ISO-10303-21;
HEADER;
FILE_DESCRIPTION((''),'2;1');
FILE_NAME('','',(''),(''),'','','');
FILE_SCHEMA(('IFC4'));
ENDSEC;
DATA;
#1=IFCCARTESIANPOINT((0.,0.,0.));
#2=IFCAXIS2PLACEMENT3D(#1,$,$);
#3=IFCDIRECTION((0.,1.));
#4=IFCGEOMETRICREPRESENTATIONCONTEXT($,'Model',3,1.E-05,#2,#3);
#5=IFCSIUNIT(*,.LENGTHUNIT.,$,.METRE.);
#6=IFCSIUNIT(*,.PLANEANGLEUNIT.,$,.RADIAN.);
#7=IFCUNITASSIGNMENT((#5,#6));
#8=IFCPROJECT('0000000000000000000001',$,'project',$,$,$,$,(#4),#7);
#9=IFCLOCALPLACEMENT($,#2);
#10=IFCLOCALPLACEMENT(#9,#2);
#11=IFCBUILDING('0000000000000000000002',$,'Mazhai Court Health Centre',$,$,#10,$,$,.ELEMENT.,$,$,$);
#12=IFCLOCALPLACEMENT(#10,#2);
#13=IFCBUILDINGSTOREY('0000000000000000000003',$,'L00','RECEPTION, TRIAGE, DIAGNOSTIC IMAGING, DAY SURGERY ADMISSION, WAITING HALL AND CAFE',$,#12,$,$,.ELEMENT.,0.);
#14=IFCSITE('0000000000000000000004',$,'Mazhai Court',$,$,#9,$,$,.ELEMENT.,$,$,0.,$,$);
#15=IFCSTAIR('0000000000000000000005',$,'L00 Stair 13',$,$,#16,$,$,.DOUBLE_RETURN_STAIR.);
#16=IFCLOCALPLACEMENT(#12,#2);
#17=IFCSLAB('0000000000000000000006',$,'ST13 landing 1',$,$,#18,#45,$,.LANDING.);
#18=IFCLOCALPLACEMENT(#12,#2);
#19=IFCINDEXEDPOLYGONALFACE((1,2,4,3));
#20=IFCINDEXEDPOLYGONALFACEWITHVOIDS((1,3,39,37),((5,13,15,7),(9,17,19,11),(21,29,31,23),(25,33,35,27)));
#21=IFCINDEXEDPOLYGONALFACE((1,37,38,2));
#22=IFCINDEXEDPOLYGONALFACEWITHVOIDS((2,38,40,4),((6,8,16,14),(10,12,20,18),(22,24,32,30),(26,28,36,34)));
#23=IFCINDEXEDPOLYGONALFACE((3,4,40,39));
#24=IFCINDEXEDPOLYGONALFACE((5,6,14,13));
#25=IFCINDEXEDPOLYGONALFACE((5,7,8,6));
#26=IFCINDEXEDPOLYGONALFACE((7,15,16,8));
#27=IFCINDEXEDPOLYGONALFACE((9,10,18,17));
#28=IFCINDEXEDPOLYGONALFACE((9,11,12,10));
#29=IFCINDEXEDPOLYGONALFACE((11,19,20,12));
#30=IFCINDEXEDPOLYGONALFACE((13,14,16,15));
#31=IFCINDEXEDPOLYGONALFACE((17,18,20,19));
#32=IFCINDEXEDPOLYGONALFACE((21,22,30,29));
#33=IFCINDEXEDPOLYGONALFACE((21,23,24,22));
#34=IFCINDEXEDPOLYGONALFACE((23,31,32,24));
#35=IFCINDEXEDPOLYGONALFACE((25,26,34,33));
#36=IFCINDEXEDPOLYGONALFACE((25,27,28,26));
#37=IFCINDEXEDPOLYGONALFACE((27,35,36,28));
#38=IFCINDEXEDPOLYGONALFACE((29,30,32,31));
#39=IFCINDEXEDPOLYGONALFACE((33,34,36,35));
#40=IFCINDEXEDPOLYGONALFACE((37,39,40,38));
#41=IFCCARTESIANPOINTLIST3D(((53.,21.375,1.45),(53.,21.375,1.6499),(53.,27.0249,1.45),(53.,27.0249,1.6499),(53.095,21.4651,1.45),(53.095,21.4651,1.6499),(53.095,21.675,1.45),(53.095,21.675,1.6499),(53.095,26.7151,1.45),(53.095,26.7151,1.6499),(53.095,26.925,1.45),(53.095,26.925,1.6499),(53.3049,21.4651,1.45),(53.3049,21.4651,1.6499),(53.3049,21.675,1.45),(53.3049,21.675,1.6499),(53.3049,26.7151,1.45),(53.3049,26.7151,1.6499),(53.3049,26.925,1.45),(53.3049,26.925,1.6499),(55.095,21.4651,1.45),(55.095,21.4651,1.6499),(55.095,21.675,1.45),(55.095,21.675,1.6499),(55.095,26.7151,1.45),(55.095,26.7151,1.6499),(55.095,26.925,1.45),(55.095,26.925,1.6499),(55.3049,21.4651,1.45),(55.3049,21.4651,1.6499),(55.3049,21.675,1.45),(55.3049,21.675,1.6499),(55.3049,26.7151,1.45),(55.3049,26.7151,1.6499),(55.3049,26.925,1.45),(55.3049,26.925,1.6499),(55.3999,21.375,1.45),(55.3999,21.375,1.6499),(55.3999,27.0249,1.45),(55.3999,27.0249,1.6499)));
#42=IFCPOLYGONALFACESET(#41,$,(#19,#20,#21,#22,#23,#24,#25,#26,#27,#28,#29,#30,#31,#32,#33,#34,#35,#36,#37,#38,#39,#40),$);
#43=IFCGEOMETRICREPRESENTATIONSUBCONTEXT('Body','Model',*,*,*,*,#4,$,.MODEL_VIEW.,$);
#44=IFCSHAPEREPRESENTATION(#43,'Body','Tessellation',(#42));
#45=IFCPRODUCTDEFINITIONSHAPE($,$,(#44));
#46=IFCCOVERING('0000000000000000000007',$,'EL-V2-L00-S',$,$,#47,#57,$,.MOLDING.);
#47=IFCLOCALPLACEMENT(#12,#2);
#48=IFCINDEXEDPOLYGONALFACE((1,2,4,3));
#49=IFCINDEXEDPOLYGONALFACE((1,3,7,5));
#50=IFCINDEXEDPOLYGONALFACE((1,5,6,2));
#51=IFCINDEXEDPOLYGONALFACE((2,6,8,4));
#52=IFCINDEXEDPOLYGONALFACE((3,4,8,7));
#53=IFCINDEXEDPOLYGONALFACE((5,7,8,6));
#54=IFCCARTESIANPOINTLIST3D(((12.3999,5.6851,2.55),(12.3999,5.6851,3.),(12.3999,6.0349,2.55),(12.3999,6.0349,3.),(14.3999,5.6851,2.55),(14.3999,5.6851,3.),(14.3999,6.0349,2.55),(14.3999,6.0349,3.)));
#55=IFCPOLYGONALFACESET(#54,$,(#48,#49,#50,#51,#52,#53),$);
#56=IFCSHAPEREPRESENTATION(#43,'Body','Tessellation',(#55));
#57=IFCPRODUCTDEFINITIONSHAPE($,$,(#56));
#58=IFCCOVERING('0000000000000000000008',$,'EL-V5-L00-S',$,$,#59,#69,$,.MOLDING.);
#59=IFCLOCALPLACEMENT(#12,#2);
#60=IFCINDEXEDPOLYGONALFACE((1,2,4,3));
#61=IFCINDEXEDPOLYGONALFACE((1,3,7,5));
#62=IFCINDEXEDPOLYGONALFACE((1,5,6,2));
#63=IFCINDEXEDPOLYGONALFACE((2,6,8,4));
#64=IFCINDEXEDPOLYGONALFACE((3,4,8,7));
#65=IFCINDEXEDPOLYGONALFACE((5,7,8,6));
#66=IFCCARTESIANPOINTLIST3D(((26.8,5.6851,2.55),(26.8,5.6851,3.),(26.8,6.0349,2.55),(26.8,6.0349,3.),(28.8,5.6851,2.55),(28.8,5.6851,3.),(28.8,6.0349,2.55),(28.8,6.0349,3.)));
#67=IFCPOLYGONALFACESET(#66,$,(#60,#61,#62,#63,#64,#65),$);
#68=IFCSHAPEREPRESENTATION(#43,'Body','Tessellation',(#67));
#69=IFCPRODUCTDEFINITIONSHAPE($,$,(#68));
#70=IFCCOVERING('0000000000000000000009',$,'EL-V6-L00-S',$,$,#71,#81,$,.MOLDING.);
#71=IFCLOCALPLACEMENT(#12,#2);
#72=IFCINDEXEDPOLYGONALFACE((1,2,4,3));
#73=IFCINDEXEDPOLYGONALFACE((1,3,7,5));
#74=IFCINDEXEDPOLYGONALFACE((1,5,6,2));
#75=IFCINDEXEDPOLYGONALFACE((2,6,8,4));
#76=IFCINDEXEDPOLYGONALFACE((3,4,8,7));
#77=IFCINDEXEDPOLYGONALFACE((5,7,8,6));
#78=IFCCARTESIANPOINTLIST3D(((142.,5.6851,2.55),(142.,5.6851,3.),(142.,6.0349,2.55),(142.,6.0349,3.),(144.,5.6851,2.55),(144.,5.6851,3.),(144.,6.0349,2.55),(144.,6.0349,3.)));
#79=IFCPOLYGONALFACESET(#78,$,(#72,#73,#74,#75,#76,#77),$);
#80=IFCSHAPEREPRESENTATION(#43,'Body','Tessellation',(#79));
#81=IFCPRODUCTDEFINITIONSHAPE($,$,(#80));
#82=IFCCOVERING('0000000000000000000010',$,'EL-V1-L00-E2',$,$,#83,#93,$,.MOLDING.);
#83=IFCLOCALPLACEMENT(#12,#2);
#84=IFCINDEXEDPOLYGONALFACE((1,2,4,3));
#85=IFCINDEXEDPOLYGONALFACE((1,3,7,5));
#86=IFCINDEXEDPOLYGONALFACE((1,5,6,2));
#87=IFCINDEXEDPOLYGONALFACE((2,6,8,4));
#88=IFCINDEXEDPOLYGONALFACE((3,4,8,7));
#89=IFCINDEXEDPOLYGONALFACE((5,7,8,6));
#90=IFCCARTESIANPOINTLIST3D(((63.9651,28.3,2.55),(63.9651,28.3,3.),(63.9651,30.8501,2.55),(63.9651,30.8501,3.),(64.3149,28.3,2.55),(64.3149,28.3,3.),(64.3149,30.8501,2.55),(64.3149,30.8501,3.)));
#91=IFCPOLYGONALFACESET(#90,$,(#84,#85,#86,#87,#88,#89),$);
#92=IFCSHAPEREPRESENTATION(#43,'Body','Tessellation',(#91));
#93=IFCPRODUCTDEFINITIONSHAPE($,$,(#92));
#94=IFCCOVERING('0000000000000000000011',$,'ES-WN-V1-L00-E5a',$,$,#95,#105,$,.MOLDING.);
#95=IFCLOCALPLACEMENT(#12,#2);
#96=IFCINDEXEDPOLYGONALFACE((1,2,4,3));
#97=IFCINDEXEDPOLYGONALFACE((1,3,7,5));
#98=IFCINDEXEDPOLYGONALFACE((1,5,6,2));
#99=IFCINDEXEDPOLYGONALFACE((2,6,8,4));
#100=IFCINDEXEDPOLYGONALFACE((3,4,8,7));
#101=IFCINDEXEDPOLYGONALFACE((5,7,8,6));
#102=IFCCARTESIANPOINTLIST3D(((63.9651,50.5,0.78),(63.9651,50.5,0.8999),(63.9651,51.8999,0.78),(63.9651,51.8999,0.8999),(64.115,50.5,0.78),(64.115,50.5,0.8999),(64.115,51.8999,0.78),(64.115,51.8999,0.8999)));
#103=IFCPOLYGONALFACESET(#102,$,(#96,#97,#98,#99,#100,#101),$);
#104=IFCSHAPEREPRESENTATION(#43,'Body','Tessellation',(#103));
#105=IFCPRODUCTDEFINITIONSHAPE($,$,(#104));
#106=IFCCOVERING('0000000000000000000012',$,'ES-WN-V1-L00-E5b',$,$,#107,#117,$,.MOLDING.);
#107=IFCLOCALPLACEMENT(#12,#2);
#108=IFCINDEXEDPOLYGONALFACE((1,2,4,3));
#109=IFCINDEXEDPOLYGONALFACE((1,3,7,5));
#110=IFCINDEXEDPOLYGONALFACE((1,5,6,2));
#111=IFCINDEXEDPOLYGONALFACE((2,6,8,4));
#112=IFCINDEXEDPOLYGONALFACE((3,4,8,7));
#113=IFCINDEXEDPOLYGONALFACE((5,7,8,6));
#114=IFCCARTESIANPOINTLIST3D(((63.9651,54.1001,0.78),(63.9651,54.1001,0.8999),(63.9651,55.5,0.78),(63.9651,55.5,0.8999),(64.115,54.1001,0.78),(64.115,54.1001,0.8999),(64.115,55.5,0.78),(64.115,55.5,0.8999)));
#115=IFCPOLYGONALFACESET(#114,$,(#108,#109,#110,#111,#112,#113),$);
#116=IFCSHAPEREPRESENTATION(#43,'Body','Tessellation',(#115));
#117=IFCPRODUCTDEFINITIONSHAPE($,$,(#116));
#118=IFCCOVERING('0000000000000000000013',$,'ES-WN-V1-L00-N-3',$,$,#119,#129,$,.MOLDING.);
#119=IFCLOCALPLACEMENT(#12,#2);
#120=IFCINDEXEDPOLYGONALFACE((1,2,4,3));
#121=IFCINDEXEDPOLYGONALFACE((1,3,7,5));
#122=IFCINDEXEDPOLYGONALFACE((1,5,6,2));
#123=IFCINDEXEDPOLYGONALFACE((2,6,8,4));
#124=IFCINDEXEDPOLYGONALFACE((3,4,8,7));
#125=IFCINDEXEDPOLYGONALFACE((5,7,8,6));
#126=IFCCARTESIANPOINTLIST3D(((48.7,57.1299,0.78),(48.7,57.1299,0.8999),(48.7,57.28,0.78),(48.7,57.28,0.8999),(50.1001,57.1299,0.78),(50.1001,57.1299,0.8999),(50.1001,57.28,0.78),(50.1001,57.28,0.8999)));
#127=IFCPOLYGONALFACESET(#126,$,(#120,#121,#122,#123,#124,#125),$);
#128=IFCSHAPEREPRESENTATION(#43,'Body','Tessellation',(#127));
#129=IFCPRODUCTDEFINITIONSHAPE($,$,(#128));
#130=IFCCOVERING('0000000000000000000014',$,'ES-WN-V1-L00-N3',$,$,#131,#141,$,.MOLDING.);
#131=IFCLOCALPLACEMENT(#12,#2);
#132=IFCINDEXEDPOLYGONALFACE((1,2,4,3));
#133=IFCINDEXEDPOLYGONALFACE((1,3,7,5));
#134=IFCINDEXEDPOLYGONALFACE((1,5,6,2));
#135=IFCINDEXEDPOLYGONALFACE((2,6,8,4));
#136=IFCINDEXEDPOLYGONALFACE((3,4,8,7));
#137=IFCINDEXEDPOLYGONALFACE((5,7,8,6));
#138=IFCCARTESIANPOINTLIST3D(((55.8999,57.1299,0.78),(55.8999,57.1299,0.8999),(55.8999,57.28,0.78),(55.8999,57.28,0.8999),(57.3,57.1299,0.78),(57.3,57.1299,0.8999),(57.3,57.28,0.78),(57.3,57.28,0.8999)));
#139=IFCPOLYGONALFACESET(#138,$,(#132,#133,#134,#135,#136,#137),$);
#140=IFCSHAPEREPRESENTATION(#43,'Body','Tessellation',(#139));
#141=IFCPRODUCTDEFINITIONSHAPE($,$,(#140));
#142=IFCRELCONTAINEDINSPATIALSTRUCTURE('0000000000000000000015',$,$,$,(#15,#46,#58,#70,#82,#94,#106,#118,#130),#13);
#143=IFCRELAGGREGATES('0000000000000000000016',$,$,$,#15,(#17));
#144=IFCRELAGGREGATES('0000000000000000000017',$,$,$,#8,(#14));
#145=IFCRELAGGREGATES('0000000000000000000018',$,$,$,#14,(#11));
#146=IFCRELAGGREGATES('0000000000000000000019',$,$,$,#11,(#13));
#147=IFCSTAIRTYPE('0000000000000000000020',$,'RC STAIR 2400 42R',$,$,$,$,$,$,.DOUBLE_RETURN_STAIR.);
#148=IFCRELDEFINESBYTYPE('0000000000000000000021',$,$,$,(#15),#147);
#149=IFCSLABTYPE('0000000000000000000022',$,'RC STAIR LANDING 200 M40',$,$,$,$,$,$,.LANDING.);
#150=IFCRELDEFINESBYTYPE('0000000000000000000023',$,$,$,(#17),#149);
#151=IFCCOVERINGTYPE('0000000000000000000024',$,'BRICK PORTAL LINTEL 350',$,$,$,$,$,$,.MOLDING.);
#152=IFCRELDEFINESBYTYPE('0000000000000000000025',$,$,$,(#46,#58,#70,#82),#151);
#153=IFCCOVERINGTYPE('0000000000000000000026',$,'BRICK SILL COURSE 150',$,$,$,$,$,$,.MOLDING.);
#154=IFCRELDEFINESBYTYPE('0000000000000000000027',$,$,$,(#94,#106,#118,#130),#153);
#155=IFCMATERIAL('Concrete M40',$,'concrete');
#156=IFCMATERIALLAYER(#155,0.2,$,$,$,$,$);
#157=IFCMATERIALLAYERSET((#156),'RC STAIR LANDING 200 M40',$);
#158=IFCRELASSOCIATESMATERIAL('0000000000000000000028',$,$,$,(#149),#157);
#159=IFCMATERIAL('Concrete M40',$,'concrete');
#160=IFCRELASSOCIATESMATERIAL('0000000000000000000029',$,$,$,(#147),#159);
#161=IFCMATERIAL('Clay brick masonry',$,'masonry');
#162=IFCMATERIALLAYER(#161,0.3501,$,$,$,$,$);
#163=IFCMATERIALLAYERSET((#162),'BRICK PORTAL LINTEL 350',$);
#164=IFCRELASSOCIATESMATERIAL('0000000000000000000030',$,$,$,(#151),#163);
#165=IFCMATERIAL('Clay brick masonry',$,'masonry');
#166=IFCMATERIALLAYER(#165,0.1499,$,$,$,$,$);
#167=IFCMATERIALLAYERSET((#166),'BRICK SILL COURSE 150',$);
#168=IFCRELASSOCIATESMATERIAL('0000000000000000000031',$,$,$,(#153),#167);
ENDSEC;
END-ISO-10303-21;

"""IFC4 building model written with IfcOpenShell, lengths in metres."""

from ifc_helpers import new_model, si_unit, direction, frame, origin, place, context, subcontext, project, spatial, polyline, outline, extrude, material, layer, layer_set, type_object, element, aggregate, save


model = new_model("IFC4")

# Units and contexts
model_context = context("Model", 3, precision=1e-05, world=origin(), true_north=direction((0.0, 1.0)))
body_context = subcontext(model_context, "Body", "Model", "MODEL_VIEW")
ifc_project = project(units=[si_unit("LENGTHUNIT", "METRE"), si_unit("PLANEANGLEUNIT", "RADIAN")], contexts=[model_context])

# Site, building, storey
site_placement = place(None, origin())
site = spatial("IfcSite", under=ifc_project, at=site_placement, Name="Mazhai Court", CompositionType="ELEMENT", RefElevation=0.0)
building_placement = place(site_placement, origin())
building = spatial("IfcBuilding", under=site, at=building_placement, Name="Mazhai Court Health Centre", CompositionType="ELEMENT")
storey_placement = place(building_placement, origin())
storey = spatial("IfcBuildingStorey", under=building, at=storey_placement, Name="L00", Description="RECEPTION, TRIAGE, DIAGNOSTIC IMAGING, DAY SURGERY ADMISSION, WAITING HALL AND CAFE", CompositionType="ELEMENT", Elevation=0.0)

# Stair, slab
ifc_material_1 = material(Name="Concrete M40", Category="concrete")
ifc_layer_1 = layer(ifc_material_1, 0.2)
ifc_layer_set_1 = layer_set([ifc_layer_1], Name="RC STAIR LANDING 200 M40")
slab_type = type_object("IfcSlabType", Name="RC STAIR LANDING 200 M40", PredefinedType="LANDING", material=ifc_layer_set_1)
ifc_material_2 = material(Name="Concrete M40", Category="concrete")
stair_type_1 = type_object("IfcStairType", Name="RC STAIR 2400 42R", PredefinedType="DOUBLE_RETURN_STAIR", material=ifc_material_2)
stair_1_placement = place(storey_placement, origin())
stair_1 = element("IfcStair", 1, at=stair_1_placement, inside=storey, type_object=stair_type_1, Name="L00 Stair 13", PredefinedType="DOUBLE_RETURN_STAIR")
slab_1_placement = place(storey_placement, frame((0.0, 0.0, 1.45)))
slab_1 = element("IfcSlab", 2, at=slab_1_placement, type_object=slab_type, Name="ST13 landing 1", PredefinedType="LANDING", context=body_context, shape_type="SweptSolid", body=[
    extrude(outline(polyline([(55.3999, 27.0249), (53.0, 27.0249), (53.0, 21.375), (55.3999, 21.375), (55.3999, 27.0249)]), holes=[polyline([(53.095, 21.4651), (53.3049, 21.4651), (53.3049, 21.675), (53.095, 21.675), (53.095, 21.4651)]), polyline([(53.095, 26.7151), (53.3049, 26.7151), (53.3049, 26.925), (53.095, 26.925), (53.095, 26.7151)]), polyline([(55.095, 21.4651), (55.3049, 21.4651), (55.3049, 21.675), (55.095, 21.675), (55.095, 21.4651)]), polyline([(55.095, 26.7151), (55.3049, 26.7151), (55.3049, 26.925), (55.095, 26.925), (55.095, 26.7151)])]), origin(), (0.0, 0.0, 1.0), 0.2),
])
aggregate(stair_1, [slab_1])

# Coverings
ifc_material_3 = material(Name="Clay brick masonry", Category="masonry")
ifc_layer_2 = layer(ifc_material_3, 0.3501)
ifc_layer_set_2 = layer_set([ifc_layer_2], Name="BRICK PORTAL LINTEL 350")
covering_type_1 = type_object("IfcCoveringType", Name="BRICK PORTAL LINTEL 350", PredefinedType="MOLDING", material=ifc_layer_set_2)
covering_1_placement = place(storey_placement, frame((0.0, 0.0, 2.55)))
element("IfcCovering", 3, at=covering_1_placement, inside=storey, type_object=covering_type_1, Name="EL-V2-L00-S", PredefinedType="MOLDING", context=body_context, shape_type="SweptSolid", body=[
    extrude(outline(polyline([(14.3999, 6.0349), (12.3999, 6.0349), (12.3999, 5.6851), (14.3999, 5.6851), (14.3999, 6.0349)])), origin(), (0.0, 0.0, 1.0), 0.45),
])
covering_2_placement = place(storey_placement, frame((0.0, 0.0, 2.55)))
element("IfcCovering", 4, at=covering_2_placement, inside=storey, type_object=covering_type_1, Name="EL-V5-L00-S", PredefinedType="MOLDING", context=body_context, shape_type="SweptSolid", body=[
    extrude(outline(polyline([(28.8, 6.0349), (26.8, 6.0349), (26.8, 5.6851), (28.8, 5.6851), (28.8, 6.0349)])), origin(), (0.0, 0.0, 1.0), 0.45),
])
covering_3_placement = place(storey_placement, frame((0.0, 0.0, 2.55)))
element("IfcCovering", 5, at=covering_3_placement, inside=storey, type_object=covering_type_1, Name="EL-V6-L00-S", PredefinedType="MOLDING", context=body_context, shape_type="SweptSolid", body=[
    extrude(outline(polyline([(144.0, 6.0349), (142.0, 6.0349), (142.0, 5.6851), (144.0, 5.6851), (144.0, 6.0349)])), origin(), (0.0, 0.0, 1.0), 0.45),
])
covering_4_placement = place(storey_placement, frame((0.0, 0.0, 2.55)))
element("IfcCovering", 6, at=covering_4_placement, inside=storey, type_object=covering_type_1, Name="EL-V1-L00-E2", PredefinedType="MOLDING", context=body_context, shape_type="SweptSolid", body=[
    extrude(outline(polyline([(63.9651, 30.8501), (63.9651, 28.3), (64.3149, 28.3), (64.3149, 30.8501), (63.9651, 30.8501)])), origin(), (0.0, 0.0, 1.0), 0.45),
])
ifc_material_4 = material(Name="Clay brick masonry", Category="masonry")
ifc_layer_3 = layer(ifc_material_4, 0.1499)
ifc_layer_set_3 = layer_set([ifc_layer_3], Name="BRICK SILL COURSE 150")
covering_type_2 = type_object("IfcCoveringType", Name="BRICK SILL COURSE 150", PredefinedType="MOLDING", material=ifc_layer_set_3)
covering_5_placement = place(storey_placement, frame((0.0, 0.0, 0.78)))
element("IfcCovering", 7, at=covering_5_placement, inside=storey, type_object=covering_type_2, Name="ES-WN-V1-L00-E5a", PredefinedType="MOLDING", context=body_context, shape_type="SweptSolid", body=[
    extrude(outline(polyline([(63.9651, 51.8999), (63.9651, 50.5), (64.115, 50.5), (64.115, 51.8999), (63.9651, 51.8999)])), origin(), (0.0, 0.0, 1.0), 0.1199),
])
covering_6_placement = place(storey_placement, frame((0.0, 0.0, 0.78)))
element("IfcCovering", 8, at=covering_6_placement, inside=storey, type_object=covering_type_2, Name="ES-WN-V1-L00-E5b", PredefinedType="MOLDING", context=body_context, shape_type="SweptSolid", body=[
    extrude(outline(polyline([(63.9651, 55.5), (63.9651, 54.1001), (64.115, 54.1001), (64.115, 55.5), (63.9651, 55.5)])), origin(), (0.0, 0.0, 1.0), 0.1199),
])
covering_7_placement = place(storey_placement, frame((0.0, 0.0, 0.78)))
element("IfcCovering", 9, at=covering_7_placement, inside=storey, type_object=covering_type_2, Name="ES-WN-V1-L00-N-3", PredefinedType="MOLDING", context=body_context, shape_type="SweptSolid", body=[
    extrude(outline(polyline([(48.7, 57.1299), (50.1001, 57.1299), (50.1001, 57.28), (48.7, 57.28), (48.7, 57.1299)])), origin(), (0.0, 0.0, 1.0), 0.1199),
])
covering_8_placement = place(storey_placement, frame((0.0, 0.0, 0.78)))
element("IfcCovering", 10, at=covering_8_placement, inside=storey, type_object=covering_type_2, Name="ES-WN-V1-L00-N3", PredefinedType="MOLDING", context=body_context, shape_type="SweptSolid", body=[
    extrude(outline(polyline([(55.8999, 57.1299), (57.3, 57.1299), (57.3, 57.28), (55.8999, 57.28), (55.8999, 57.1299)])), origin(), (0.0, 0.0, 1.0), 0.1199),
])

save(model, "model.ifc")
